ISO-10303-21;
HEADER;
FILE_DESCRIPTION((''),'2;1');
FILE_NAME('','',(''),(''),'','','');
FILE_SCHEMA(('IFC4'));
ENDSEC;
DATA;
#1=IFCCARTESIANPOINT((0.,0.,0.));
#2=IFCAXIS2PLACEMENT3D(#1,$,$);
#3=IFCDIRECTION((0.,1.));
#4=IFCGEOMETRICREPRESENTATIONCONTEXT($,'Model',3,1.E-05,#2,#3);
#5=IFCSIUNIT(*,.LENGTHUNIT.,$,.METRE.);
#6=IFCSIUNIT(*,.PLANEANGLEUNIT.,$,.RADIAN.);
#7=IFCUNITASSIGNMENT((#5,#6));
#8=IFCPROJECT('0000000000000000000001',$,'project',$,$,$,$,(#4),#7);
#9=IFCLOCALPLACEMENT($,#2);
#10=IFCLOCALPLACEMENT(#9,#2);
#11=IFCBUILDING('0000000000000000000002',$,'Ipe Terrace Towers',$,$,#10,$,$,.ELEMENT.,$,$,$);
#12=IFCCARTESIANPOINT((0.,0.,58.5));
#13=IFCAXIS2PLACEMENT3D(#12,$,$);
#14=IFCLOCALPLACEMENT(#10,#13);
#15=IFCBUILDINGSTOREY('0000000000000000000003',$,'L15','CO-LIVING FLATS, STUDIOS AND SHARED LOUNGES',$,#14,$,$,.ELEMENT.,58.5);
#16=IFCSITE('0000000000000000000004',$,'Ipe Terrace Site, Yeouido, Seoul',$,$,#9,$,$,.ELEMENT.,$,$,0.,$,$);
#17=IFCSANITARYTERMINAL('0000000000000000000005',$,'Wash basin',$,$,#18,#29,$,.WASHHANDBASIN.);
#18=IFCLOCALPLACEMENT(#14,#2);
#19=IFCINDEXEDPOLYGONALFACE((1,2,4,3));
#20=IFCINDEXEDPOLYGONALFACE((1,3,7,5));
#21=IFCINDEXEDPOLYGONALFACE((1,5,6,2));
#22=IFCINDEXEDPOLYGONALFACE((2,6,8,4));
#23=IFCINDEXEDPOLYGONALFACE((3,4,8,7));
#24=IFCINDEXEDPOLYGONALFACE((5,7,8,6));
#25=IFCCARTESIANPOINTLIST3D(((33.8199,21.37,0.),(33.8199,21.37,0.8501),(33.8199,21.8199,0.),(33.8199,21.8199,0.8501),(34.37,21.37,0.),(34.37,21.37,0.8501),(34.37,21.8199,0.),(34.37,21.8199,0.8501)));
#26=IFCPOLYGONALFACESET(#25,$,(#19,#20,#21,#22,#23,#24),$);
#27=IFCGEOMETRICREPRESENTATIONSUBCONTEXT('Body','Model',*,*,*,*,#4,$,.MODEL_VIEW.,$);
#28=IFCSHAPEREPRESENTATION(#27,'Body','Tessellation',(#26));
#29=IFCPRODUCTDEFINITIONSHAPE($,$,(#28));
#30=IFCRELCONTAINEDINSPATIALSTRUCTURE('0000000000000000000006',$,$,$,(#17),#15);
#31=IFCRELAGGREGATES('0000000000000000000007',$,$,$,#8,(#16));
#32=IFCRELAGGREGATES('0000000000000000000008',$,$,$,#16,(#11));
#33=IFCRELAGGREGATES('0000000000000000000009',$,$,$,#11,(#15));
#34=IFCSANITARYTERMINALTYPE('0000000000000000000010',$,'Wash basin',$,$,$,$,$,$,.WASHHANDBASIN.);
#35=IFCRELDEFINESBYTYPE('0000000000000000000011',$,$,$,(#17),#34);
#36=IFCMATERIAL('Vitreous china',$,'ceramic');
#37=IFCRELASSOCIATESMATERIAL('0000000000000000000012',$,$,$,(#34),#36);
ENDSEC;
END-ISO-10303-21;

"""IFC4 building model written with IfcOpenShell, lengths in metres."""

from ifc_helpers import new_model, si_unit, direction, frame, origin, origin_2d, place, context, subcontext, project, spatial, rectangle, extrude, material, type_object, element, save


model = new_model("IFC4")

# Units and contexts
model_context = context("Model", 3, precision=1e-05, world=origin(), true_north=direction((0.0, 1.0)))
body_context = subcontext(model_context, "Body", "Model", "MODEL_VIEW")
ifc_project = project(units=[si_unit("LENGTHUNIT", "METRE"), si_unit("PLANEANGLEUNIT", "RADIAN")], contexts=[model_context])

# Site, building, storey
site_placement = place(None, origin())
site = spatial("IfcSite", under=ifc_project, at=site_placement, Name="Ipe Terrace Site, Yeouido, Seoul", CompositionType="ELEMENT", RefElevation=0.0)
building_placement = place(site_placement, origin())
building = spatial("IfcBuilding", under=site, at=building_placement, Name="Ipe Terrace Towers", CompositionType="ELEMENT")
storey_placement = place(building_placement, frame((0.0, 0.0, 58.5)))
storey = spatial("IfcBuildingStorey", under=building, at=storey_placement, Name="L15", Description="CO-LIVING FLATS, STUDIOS AND SHARED LOUNGES", CompositionType="ELEMENT", Elevation=58.5)

# Sanitary terminal
ifc_material_1 = material(Name="Vitreous china", Category="ceramic")
sanitary_terminal_type_1 = type_object("IfcSanitaryTerminalType", Name="Wash basin", PredefinedType="WASHHANDBASIN", material=ifc_material_1)
sanitary_terminal_placement = place(storey_placement, frame((34.095, 21.595, 0.0), z_axis=(0.0, 0.0, 1.0), x_axis=(1.0, 0.0, 0.0)))
element("IfcSanitaryTerminal", 1, at=sanitary_terminal_placement, inside=storey, type_object=sanitary_terminal_type_1, Name="Wash basin", PredefinedType="WASHHANDBASIN", context=body_context, shape_type="SweptSolid", body=[
    extrude(rectangle(XDim=0.55, YDim=0.45, at=origin_2d()), origin(), (0.0, 0.0, 1.0), 0.8501),
])

save(model, "model.ifc")
